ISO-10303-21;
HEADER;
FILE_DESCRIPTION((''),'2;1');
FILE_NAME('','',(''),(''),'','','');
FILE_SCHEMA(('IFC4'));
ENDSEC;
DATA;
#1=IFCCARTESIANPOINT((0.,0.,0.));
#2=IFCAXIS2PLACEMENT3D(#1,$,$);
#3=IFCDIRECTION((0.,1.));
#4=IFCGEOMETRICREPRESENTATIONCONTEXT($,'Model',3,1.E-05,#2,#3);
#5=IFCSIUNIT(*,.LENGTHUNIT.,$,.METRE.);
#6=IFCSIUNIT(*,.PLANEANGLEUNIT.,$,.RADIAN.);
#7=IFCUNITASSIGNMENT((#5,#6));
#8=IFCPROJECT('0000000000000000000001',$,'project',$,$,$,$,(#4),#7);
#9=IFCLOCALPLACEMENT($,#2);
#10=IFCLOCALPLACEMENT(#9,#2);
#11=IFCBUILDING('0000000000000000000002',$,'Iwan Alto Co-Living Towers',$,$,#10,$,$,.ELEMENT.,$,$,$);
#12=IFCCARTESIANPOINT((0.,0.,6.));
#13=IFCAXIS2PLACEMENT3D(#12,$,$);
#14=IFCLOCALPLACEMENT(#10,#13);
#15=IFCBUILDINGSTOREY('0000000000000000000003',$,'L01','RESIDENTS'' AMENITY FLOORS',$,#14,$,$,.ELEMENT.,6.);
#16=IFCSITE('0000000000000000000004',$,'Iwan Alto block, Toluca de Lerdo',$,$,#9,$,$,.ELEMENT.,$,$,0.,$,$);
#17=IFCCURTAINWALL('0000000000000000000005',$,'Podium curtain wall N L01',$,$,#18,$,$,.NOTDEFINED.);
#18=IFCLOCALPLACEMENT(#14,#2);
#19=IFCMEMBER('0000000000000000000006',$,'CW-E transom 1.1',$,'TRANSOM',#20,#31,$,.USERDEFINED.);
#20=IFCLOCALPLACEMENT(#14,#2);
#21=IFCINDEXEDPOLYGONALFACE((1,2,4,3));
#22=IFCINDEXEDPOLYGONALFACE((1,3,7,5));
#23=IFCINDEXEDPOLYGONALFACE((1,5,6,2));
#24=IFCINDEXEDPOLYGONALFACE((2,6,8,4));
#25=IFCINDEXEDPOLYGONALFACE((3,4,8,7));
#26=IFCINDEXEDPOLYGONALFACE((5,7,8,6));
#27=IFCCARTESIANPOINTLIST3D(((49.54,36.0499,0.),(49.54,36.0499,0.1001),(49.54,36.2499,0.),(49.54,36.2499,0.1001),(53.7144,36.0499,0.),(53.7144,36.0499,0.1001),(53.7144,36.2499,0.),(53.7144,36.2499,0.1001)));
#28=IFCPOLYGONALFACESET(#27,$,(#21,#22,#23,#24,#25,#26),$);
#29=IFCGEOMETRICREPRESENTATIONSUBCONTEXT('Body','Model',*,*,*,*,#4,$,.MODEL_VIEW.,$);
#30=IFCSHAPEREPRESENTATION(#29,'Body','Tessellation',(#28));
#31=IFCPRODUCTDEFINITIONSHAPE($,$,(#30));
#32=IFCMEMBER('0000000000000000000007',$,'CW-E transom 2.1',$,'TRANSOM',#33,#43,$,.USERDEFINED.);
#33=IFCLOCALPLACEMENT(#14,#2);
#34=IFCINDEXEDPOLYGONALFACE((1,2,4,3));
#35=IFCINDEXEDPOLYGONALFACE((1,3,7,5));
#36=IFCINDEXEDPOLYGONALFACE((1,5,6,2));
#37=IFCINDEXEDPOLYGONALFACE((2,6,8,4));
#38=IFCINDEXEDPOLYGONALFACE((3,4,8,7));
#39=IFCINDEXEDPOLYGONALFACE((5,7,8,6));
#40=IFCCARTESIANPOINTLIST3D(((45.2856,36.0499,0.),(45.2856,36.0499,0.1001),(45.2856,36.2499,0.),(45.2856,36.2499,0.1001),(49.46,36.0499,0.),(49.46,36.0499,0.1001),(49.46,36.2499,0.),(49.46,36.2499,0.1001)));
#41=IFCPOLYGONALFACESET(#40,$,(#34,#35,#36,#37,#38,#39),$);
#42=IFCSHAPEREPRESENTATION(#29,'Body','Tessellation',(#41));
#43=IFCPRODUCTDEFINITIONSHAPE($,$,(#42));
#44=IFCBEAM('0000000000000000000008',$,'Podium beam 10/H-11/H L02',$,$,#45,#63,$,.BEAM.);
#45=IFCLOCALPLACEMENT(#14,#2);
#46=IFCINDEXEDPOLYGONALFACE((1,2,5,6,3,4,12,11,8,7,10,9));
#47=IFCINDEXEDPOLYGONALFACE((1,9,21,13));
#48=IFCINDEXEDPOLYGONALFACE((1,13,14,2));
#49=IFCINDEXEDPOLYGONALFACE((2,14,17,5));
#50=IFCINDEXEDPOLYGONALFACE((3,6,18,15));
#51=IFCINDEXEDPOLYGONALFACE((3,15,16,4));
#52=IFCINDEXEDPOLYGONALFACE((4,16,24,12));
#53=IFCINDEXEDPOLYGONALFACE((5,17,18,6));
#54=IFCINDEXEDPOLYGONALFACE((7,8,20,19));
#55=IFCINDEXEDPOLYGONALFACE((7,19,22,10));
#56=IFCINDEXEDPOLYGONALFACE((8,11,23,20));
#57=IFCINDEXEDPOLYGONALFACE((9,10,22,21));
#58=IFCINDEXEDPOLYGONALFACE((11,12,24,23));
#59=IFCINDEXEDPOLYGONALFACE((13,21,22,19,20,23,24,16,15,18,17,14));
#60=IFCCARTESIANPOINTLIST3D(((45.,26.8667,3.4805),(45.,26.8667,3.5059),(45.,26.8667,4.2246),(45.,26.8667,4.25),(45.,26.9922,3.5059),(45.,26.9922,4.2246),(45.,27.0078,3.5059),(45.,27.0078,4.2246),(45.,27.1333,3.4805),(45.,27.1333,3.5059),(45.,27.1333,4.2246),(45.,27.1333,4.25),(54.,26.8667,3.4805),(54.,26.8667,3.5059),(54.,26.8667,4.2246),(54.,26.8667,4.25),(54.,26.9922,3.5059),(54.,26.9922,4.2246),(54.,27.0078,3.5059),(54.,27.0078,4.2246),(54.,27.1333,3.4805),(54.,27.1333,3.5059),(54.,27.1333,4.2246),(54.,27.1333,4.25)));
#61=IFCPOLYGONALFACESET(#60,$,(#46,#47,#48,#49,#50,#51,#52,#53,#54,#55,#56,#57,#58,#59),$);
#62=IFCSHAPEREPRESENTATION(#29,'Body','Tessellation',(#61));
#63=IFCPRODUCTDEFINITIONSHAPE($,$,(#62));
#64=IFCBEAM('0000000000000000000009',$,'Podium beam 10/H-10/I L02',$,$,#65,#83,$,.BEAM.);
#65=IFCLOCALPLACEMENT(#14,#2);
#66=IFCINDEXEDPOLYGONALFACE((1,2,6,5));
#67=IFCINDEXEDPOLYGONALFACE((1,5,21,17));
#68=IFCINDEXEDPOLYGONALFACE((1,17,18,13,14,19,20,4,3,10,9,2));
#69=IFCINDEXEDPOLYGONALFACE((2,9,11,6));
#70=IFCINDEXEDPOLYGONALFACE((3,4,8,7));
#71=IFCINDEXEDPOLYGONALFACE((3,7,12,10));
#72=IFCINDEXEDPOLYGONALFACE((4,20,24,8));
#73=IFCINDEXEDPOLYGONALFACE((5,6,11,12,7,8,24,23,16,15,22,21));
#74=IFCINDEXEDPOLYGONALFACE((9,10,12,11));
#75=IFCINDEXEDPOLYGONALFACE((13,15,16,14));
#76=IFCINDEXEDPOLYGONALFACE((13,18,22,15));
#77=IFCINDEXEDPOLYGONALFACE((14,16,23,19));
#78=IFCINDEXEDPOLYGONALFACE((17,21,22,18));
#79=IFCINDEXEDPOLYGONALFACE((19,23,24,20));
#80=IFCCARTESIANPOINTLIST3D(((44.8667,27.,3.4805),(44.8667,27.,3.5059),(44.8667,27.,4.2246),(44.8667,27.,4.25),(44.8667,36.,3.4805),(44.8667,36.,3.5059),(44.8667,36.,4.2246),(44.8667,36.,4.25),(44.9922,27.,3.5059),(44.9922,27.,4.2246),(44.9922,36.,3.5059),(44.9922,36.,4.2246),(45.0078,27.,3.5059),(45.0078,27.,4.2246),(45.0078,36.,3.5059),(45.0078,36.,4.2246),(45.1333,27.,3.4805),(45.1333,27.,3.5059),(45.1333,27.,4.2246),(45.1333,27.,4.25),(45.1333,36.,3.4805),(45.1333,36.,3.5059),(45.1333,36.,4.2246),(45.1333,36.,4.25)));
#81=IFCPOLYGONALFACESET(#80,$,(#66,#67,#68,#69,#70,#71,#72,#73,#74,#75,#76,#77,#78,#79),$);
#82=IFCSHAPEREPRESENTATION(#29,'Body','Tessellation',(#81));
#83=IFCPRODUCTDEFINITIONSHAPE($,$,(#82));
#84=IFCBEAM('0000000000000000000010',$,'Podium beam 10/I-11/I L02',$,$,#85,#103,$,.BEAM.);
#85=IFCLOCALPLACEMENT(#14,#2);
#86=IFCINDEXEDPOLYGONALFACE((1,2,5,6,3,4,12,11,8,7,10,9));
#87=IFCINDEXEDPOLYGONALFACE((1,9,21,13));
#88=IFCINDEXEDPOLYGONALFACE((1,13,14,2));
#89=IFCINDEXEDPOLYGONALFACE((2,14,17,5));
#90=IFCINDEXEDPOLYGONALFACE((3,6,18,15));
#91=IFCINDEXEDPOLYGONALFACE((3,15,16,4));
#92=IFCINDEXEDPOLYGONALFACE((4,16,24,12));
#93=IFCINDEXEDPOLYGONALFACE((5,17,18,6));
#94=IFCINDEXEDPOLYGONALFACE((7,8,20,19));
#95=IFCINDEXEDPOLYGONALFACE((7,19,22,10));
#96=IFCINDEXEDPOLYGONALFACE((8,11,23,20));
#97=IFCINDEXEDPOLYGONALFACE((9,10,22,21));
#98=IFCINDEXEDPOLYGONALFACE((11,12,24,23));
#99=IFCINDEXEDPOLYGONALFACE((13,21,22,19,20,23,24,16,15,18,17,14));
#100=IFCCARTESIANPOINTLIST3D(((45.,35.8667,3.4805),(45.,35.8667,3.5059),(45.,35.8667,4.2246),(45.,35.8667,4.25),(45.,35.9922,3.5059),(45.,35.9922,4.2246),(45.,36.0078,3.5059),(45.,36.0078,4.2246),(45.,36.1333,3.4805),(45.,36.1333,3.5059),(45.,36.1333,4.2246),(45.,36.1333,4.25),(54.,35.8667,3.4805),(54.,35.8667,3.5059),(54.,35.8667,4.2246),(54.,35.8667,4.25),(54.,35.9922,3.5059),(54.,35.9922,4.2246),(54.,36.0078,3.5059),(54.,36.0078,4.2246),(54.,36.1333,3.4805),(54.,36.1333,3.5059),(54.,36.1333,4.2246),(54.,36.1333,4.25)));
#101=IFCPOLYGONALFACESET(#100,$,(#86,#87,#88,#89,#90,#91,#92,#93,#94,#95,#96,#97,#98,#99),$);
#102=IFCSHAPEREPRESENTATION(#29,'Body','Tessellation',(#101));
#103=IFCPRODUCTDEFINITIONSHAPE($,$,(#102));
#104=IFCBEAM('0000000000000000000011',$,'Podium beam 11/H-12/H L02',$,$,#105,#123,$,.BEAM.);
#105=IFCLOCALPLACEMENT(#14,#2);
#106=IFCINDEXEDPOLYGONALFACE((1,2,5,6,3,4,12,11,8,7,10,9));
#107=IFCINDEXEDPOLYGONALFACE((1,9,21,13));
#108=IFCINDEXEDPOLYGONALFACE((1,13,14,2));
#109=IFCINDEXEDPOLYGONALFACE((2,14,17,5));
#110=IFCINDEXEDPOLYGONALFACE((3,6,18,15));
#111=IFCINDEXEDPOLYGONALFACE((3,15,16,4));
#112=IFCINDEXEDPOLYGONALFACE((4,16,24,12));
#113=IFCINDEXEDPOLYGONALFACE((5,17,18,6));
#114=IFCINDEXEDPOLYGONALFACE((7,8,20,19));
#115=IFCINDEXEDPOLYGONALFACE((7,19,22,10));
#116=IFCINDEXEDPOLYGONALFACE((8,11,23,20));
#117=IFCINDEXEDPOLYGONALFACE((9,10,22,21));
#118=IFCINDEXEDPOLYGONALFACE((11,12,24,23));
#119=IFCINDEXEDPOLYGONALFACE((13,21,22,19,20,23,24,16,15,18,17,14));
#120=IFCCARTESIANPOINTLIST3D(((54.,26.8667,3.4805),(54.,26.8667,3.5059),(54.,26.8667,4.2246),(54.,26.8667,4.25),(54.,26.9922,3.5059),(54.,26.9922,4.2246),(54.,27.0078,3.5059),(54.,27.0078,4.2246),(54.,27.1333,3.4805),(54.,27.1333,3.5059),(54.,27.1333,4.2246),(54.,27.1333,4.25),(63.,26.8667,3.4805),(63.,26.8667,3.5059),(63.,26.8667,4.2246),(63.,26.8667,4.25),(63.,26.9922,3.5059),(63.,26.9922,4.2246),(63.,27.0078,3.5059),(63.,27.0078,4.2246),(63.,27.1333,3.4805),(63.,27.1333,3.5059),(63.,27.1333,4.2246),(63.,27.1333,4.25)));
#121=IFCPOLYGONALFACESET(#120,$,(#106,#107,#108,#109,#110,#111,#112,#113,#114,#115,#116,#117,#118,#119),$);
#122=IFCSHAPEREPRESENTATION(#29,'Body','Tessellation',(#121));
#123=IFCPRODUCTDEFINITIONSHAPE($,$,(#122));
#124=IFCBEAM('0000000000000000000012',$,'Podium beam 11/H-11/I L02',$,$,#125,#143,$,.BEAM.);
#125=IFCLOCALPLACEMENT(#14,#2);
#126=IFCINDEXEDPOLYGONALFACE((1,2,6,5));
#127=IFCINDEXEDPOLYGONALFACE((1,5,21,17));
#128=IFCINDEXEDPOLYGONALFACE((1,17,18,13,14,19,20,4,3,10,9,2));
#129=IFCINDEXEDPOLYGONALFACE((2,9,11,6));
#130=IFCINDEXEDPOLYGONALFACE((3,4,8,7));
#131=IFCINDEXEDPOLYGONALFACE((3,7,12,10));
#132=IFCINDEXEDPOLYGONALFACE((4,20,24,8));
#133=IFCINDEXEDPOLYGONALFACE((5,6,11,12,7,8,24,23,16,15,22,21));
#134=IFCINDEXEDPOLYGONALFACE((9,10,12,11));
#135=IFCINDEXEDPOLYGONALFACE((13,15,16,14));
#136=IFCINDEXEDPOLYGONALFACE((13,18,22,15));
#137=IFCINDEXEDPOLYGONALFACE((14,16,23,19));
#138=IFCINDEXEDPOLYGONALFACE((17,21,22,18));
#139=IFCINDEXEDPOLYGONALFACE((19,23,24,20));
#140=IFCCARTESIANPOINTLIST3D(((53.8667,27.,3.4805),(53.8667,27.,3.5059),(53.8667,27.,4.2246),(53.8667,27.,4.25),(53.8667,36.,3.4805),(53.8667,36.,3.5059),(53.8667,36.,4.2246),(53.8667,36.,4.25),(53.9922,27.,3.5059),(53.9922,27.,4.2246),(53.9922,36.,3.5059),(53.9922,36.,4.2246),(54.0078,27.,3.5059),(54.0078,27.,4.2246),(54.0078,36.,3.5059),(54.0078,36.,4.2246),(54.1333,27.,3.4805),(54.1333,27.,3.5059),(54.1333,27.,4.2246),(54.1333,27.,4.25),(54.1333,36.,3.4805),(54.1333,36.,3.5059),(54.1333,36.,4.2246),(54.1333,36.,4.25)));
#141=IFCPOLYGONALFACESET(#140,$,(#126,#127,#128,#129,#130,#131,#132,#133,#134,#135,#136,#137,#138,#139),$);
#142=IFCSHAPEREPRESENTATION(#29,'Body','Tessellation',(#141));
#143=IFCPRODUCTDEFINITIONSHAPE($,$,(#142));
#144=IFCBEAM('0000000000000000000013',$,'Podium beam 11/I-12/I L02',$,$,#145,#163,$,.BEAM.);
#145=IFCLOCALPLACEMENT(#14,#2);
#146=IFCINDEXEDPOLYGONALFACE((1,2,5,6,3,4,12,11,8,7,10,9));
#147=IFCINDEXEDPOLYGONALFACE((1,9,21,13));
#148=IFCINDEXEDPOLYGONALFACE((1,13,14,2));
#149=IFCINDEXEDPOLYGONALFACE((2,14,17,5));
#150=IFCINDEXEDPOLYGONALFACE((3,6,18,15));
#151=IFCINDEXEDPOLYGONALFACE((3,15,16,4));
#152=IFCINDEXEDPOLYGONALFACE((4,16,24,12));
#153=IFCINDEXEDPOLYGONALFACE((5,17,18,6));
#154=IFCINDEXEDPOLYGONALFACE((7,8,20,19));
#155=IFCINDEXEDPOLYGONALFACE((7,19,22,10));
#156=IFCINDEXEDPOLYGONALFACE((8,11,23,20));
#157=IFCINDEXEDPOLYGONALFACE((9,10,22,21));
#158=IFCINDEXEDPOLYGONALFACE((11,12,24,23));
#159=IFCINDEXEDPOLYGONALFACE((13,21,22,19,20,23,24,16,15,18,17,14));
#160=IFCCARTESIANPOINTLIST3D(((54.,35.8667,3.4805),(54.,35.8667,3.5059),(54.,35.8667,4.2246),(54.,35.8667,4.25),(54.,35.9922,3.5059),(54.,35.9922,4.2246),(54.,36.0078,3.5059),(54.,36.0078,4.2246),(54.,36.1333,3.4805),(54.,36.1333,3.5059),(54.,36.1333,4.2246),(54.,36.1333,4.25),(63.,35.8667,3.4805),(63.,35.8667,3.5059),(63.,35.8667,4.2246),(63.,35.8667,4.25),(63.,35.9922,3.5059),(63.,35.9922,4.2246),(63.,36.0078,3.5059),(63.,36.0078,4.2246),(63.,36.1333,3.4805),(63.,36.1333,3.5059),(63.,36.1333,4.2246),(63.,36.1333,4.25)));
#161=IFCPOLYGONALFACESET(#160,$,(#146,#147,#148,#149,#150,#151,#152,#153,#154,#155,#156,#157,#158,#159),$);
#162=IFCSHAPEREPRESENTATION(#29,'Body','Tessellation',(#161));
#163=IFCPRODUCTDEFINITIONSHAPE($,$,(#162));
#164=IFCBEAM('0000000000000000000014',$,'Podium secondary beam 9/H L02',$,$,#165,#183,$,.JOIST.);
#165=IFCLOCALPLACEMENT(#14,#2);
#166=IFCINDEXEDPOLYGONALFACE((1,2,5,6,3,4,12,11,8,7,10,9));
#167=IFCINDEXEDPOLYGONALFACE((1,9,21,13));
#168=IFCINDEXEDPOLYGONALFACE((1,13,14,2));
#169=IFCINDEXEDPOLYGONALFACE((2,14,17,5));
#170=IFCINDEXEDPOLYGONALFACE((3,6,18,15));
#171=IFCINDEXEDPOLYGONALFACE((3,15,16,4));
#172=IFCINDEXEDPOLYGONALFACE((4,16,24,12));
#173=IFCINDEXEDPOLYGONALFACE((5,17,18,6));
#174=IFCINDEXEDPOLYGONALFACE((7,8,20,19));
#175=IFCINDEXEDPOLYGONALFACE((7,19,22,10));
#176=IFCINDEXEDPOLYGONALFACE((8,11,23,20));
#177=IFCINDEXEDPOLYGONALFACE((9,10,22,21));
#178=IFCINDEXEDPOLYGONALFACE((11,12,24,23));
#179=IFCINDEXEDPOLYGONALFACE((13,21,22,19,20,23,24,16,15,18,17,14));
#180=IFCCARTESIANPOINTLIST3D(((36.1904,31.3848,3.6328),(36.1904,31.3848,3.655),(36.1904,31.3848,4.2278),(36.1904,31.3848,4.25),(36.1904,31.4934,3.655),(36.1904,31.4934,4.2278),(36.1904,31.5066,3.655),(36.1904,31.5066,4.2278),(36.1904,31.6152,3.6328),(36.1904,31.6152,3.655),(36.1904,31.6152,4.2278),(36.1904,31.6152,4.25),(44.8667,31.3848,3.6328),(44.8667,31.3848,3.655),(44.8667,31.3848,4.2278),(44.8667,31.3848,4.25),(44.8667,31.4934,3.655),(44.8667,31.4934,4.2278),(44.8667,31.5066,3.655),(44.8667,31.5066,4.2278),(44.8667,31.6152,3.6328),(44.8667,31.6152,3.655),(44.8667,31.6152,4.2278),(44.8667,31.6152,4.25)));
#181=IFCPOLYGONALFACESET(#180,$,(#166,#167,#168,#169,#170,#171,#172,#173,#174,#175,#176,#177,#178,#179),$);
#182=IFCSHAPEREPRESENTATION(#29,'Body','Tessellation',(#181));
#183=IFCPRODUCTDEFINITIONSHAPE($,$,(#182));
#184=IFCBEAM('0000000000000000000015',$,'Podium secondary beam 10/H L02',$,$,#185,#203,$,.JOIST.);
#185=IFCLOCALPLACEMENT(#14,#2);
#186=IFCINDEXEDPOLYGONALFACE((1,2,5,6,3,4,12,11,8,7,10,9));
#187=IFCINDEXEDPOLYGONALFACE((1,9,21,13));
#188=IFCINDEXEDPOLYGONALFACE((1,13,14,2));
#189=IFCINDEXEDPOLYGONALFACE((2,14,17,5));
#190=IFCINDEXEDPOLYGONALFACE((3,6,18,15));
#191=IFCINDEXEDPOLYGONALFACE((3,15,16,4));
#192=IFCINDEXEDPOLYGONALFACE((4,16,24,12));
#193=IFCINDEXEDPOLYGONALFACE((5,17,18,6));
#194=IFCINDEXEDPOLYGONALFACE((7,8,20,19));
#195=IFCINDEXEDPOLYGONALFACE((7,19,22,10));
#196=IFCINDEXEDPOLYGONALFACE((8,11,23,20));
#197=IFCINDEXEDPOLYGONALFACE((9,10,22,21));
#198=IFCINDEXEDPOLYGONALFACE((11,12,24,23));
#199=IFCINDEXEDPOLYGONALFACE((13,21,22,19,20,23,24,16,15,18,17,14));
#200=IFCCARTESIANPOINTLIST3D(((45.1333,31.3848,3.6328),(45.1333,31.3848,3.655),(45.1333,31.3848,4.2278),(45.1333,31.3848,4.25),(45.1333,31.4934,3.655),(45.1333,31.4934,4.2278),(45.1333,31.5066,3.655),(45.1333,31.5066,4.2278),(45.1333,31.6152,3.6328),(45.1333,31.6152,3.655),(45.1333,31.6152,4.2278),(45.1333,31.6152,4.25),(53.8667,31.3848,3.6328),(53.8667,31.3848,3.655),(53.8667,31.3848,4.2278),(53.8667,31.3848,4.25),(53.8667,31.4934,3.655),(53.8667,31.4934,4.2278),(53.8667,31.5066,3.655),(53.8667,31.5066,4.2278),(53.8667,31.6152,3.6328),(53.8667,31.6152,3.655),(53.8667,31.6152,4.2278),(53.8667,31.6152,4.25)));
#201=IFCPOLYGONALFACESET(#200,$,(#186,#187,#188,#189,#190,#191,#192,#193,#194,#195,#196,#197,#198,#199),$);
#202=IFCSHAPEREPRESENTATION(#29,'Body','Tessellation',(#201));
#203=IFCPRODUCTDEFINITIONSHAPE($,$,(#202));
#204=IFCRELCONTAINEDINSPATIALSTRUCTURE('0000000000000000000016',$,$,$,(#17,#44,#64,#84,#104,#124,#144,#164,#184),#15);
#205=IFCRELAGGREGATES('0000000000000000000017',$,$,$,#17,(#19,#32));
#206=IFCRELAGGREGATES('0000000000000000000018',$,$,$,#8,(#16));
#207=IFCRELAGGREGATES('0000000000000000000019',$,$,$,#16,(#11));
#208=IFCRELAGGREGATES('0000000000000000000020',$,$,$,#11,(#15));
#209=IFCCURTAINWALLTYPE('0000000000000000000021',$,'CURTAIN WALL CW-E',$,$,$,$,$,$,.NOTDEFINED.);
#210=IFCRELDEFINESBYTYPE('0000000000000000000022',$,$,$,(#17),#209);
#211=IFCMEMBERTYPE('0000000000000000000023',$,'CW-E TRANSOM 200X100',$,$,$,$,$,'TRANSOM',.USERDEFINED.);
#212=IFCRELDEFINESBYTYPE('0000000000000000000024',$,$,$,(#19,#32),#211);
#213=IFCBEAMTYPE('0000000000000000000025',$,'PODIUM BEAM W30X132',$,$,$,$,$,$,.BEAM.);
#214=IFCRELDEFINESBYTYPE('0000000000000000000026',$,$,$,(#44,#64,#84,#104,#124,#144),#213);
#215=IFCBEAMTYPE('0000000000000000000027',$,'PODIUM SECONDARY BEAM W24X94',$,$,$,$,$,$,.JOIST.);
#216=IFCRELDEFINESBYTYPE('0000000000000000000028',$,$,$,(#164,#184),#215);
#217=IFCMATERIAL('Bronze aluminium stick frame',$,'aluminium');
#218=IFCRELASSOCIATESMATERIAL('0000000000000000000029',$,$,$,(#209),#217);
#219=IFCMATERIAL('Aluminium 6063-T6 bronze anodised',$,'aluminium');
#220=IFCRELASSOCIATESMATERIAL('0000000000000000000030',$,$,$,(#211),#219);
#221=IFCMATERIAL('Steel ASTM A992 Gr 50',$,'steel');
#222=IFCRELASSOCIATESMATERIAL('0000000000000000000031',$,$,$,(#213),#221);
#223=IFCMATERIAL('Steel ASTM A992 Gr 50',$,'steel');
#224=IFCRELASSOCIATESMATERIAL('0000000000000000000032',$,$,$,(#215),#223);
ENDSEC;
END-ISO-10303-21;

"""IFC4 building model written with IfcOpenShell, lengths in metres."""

from ifc_helpers import new_model, si_unit, direction, frame, origin, origin_2d, place, context, subcontext, project, spatial, rectangle, i_section, extrude, material, material_profile, profile_set, type_object, element, aggregate, save


model = new_model("IFC4")

# Units and contexts
model_context = context("Model", 3, precision=1e-05, world=origin(), true_north=direction((0.0, 1.0)))
body_context = subcontext(model_context, "Body", "Model", "MODEL_VIEW")
ifc_project = project(units=[si_unit("LENGTHUNIT", "METRE"), si_unit("PLANEANGLEUNIT", "RADIAN")], contexts=[model_context])

# Site, building, storey
site_placement = place(None, origin())
site = spatial("IfcSite", under=ifc_project, at=site_placement, Name="Iwan Alto block, Toluca de Lerdo", CompositionType="ELEMENT", RefElevation=0.0)
building_placement = place(site_placement, origin())
building = spatial("IfcBuilding", under=site, at=building_placement, Name="Iwan Alto Co-Living Towers", CompositionType="ELEMENT")
storey_placement = place(building_placement, frame((0.0, 0.0, 6.0)))
storey = spatial("IfcBuildingStorey", under=building, at=storey_placement, Name="L01", Description="RESIDENTS' AMENITY FLOORS", CompositionType="ELEMENT", Elevation=6.0)

# Curtain wall
ifc_material_1 = material(Name="Bronze aluminium stick frame", Category="aluminium")
curtain_wall_type = type_object("IfcCurtainWallType", Name="CURTAIN WALL CW-E", PredefinedType="NOTDEFINED", material=ifc_material_1)
curtain_wall_1_placement = place(storey_placement, origin())
curtain_wall_1 = element("IfcCurtainWall", 1, at=curtain_wall_1_placement, inside=storey, type_object=curtain_wall_type, Name="Podium curtain wall N L01", PredefinedType="NOTDEFINED")

# Members
ifc_material_2 = material(Name="Aluminium 6063-T6 bronze anodised", Category="aluminium")
ifc_material_profile_1 = material_profile(ifc_material_2, rectangle(XDim=0.2, YDim=0.1001, at=origin_2d()), Name="AL 200X100")
ifc_profile_set_1 = profile_set([ifc_material_profile_1], Name="Aluminium 6063-T6 bronze anodised")
member_type_1 = type_object("IfcMemberType", Name="CW-E TRANSOM 200X100", ElementType="TRANSOM", PredefinedType="USERDEFINED", material=ifc_profile_set_1)
member_1_placement = place(storey_placement, frame((53.7144, 36.1499, 0.05), z_axis=(-1.0, 0.0, 0.0), x_axis=(0.0, -1.0, 0.0)))
member_1 = element("IfcMember", 2, at=member_1_placement, type_object=member_type_1, Name="CW-E transom 1.1", ObjectType="TRANSOM", PredefinedType="USERDEFINED", context=body_context, shape_type="SweptSolid", body=[
    extrude(rectangle(XDim=0.2, YDim=0.1001, at=origin_2d()), origin(), (0.0, 0.0, 1.0), 4.1743),
])
member_2_placement = place(storey_placement, frame((49.46, 36.1499, 0.05), z_axis=(-1.0, 0.0, 0.0), x_axis=(0.0, -1.0, 0.0)))
member_2 = element("IfcMember", 3, at=member_2_placement, type_object=member_type_1, Name="CW-E transom 2.1", ObjectType="TRANSOM", PredefinedType="USERDEFINED", context=body_context, shape_type="SweptSolid", body=[
    extrude(rectangle(XDim=0.2, YDim=0.1001, at=origin_2d()), origin(), (0.0, 0.0, 1.0), 4.1743),
])

# Beams
ifc_material_3 = material(Name="Steel ASTM A992 Gr 50", Category="steel")
ifc_material_profile_2 = material_profile(ifc_material_3, i_section(OverallWidth=0.2666, OverallDepth=0.7695, WebThickness=0.0156, FlangeThickness=0.0254, at=origin_2d()), Name="W30X132")
ifc_profile_set_2 = profile_set([ifc_material_profile_2], Name="Steel ASTM A992 Gr 50")
beam_type_1 = type_object("IfcBeamType", Name="PODIUM BEAM W30X132", PredefinedType="BEAM", material=ifc_profile_set_2)
for number, where, z_axis, x_axis, name in (
    (4, (45.0, 27.0, 3.8652), (1.0, 0.0, 0.0), (0.0, 1.0, 0.0), "Podium beam 10/H-11/H L02"),
    (5, (45.0, 27.0, 3.8652), (0.0, 1.0, 0.0), (-1.0, 0.0, 0.0), "Podium beam 10/H-10/I L02"),
    (6, (45.0, 36.0, 3.8652), (1.0, 0.0, 0.0), (0.0, 1.0, 0.0), "Podium beam 10/I-11/I L02"),
    (7, (54.0, 27.0, 3.8652), (1.0, 0.0, 0.0), (0.0, 1.0, 0.0), "Podium beam 11/H-12/H L02"),
    (8, (54.0, 27.0, 3.8652), (0.0, 1.0, 0.0), (-1.0, 0.0, 0.0), "Podium beam 11/H-11/I L02"),
    (9, (54.0, 36.0, 3.8652), (1.0, 0.0, 0.0), (0.0, 1.0, 0.0), "Podium beam 11/I-12/I L02"),
):
    element("IfcBeam", number, at=place(storey_placement, frame(where, z_axis=z_axis, x_axis=x_axis)), inside=storey, type_object=beam_type_1, Name=name, PredefinedType="BEAM", context=body_context, shape_type="SweptSolid", body=[
        extrude(i_section(OverallWidth=0.2666, OverallDepth=0.7695, WebThickness=0.0156, FlangeThickness=0.0254, at=origin_2d()), origin(), (0.0, 0.0, 1.0), 9.0),
    ])
ifc_material_4 = material(Name="Steel ASTM A992 Gr 50", Category="steel")
ifc_material_profile_3 = material_profile(ifc_material_4, i_section(OverallWidth=0.2305, OverallDepth=0.6172, WebThickness=0.0132, FlangeThickness=0.0222, at=origin_2d()), Name="W24X94")
ifc_profile_set_3 = profile_set([ifc_material_profile_3], Name="Steel ASTM A992 Gr 50")
beam_type_2 = type_object("IfcBeamType", Name="PODIUM SECONDARY BEAM W24X94", PredefinedType="JOIST", material=ifc_profile_set_3)
beam_1_placement = place(storey_placement, frame((36.1904, 31.5, 3.9414), z_axis=(1.0, 0.0, 0.0), x_axis=(0.0, 1.0, 0.0)))
element("IfcBeam", 10, at=beam_1_placement, inside=storey, type_object=beam_type_2, Name="Podium secondary beam 9/H L02", PredefinedType="JOIST", context=body_context, shape_type="SweptSolid", body=[
    extrude(i_section(OverallWidth=0.2305, OverallDepth=0.6172, WebThickness=0.0132, FlangeThickness=0.0222, at=origin_2d()), origin(), (0.0, 0.0, 1.0), 8.6763),
])
beam_2_placement = place(storey_placement, frame((45.1333, 31.5, 3.9414), z_axis=(1.0, 0.0, 0.0), x_axis=(0.0, 1.0, 0.0)))
element("IfcBeam", 11, at=beam_2_placement, inside=storey, type_object=beam_type_2, Name="Podium secondary beam 10/H L02", PredefinedType="JOIST", context=body_context, shape_type="SweptSolid", body=[
    extrude(i_section(OverallWidth=0.2305, OverallDepth=0.6172, WebThickness=0.0132, FlangeThickness=0.0222, at=origin_2d()), origin(), (0.0, 0.0, 1.0), 8.7334),
])

aggregate(curtain_wall_1, [member_1, member_2])

save(model, "model.ifc")
